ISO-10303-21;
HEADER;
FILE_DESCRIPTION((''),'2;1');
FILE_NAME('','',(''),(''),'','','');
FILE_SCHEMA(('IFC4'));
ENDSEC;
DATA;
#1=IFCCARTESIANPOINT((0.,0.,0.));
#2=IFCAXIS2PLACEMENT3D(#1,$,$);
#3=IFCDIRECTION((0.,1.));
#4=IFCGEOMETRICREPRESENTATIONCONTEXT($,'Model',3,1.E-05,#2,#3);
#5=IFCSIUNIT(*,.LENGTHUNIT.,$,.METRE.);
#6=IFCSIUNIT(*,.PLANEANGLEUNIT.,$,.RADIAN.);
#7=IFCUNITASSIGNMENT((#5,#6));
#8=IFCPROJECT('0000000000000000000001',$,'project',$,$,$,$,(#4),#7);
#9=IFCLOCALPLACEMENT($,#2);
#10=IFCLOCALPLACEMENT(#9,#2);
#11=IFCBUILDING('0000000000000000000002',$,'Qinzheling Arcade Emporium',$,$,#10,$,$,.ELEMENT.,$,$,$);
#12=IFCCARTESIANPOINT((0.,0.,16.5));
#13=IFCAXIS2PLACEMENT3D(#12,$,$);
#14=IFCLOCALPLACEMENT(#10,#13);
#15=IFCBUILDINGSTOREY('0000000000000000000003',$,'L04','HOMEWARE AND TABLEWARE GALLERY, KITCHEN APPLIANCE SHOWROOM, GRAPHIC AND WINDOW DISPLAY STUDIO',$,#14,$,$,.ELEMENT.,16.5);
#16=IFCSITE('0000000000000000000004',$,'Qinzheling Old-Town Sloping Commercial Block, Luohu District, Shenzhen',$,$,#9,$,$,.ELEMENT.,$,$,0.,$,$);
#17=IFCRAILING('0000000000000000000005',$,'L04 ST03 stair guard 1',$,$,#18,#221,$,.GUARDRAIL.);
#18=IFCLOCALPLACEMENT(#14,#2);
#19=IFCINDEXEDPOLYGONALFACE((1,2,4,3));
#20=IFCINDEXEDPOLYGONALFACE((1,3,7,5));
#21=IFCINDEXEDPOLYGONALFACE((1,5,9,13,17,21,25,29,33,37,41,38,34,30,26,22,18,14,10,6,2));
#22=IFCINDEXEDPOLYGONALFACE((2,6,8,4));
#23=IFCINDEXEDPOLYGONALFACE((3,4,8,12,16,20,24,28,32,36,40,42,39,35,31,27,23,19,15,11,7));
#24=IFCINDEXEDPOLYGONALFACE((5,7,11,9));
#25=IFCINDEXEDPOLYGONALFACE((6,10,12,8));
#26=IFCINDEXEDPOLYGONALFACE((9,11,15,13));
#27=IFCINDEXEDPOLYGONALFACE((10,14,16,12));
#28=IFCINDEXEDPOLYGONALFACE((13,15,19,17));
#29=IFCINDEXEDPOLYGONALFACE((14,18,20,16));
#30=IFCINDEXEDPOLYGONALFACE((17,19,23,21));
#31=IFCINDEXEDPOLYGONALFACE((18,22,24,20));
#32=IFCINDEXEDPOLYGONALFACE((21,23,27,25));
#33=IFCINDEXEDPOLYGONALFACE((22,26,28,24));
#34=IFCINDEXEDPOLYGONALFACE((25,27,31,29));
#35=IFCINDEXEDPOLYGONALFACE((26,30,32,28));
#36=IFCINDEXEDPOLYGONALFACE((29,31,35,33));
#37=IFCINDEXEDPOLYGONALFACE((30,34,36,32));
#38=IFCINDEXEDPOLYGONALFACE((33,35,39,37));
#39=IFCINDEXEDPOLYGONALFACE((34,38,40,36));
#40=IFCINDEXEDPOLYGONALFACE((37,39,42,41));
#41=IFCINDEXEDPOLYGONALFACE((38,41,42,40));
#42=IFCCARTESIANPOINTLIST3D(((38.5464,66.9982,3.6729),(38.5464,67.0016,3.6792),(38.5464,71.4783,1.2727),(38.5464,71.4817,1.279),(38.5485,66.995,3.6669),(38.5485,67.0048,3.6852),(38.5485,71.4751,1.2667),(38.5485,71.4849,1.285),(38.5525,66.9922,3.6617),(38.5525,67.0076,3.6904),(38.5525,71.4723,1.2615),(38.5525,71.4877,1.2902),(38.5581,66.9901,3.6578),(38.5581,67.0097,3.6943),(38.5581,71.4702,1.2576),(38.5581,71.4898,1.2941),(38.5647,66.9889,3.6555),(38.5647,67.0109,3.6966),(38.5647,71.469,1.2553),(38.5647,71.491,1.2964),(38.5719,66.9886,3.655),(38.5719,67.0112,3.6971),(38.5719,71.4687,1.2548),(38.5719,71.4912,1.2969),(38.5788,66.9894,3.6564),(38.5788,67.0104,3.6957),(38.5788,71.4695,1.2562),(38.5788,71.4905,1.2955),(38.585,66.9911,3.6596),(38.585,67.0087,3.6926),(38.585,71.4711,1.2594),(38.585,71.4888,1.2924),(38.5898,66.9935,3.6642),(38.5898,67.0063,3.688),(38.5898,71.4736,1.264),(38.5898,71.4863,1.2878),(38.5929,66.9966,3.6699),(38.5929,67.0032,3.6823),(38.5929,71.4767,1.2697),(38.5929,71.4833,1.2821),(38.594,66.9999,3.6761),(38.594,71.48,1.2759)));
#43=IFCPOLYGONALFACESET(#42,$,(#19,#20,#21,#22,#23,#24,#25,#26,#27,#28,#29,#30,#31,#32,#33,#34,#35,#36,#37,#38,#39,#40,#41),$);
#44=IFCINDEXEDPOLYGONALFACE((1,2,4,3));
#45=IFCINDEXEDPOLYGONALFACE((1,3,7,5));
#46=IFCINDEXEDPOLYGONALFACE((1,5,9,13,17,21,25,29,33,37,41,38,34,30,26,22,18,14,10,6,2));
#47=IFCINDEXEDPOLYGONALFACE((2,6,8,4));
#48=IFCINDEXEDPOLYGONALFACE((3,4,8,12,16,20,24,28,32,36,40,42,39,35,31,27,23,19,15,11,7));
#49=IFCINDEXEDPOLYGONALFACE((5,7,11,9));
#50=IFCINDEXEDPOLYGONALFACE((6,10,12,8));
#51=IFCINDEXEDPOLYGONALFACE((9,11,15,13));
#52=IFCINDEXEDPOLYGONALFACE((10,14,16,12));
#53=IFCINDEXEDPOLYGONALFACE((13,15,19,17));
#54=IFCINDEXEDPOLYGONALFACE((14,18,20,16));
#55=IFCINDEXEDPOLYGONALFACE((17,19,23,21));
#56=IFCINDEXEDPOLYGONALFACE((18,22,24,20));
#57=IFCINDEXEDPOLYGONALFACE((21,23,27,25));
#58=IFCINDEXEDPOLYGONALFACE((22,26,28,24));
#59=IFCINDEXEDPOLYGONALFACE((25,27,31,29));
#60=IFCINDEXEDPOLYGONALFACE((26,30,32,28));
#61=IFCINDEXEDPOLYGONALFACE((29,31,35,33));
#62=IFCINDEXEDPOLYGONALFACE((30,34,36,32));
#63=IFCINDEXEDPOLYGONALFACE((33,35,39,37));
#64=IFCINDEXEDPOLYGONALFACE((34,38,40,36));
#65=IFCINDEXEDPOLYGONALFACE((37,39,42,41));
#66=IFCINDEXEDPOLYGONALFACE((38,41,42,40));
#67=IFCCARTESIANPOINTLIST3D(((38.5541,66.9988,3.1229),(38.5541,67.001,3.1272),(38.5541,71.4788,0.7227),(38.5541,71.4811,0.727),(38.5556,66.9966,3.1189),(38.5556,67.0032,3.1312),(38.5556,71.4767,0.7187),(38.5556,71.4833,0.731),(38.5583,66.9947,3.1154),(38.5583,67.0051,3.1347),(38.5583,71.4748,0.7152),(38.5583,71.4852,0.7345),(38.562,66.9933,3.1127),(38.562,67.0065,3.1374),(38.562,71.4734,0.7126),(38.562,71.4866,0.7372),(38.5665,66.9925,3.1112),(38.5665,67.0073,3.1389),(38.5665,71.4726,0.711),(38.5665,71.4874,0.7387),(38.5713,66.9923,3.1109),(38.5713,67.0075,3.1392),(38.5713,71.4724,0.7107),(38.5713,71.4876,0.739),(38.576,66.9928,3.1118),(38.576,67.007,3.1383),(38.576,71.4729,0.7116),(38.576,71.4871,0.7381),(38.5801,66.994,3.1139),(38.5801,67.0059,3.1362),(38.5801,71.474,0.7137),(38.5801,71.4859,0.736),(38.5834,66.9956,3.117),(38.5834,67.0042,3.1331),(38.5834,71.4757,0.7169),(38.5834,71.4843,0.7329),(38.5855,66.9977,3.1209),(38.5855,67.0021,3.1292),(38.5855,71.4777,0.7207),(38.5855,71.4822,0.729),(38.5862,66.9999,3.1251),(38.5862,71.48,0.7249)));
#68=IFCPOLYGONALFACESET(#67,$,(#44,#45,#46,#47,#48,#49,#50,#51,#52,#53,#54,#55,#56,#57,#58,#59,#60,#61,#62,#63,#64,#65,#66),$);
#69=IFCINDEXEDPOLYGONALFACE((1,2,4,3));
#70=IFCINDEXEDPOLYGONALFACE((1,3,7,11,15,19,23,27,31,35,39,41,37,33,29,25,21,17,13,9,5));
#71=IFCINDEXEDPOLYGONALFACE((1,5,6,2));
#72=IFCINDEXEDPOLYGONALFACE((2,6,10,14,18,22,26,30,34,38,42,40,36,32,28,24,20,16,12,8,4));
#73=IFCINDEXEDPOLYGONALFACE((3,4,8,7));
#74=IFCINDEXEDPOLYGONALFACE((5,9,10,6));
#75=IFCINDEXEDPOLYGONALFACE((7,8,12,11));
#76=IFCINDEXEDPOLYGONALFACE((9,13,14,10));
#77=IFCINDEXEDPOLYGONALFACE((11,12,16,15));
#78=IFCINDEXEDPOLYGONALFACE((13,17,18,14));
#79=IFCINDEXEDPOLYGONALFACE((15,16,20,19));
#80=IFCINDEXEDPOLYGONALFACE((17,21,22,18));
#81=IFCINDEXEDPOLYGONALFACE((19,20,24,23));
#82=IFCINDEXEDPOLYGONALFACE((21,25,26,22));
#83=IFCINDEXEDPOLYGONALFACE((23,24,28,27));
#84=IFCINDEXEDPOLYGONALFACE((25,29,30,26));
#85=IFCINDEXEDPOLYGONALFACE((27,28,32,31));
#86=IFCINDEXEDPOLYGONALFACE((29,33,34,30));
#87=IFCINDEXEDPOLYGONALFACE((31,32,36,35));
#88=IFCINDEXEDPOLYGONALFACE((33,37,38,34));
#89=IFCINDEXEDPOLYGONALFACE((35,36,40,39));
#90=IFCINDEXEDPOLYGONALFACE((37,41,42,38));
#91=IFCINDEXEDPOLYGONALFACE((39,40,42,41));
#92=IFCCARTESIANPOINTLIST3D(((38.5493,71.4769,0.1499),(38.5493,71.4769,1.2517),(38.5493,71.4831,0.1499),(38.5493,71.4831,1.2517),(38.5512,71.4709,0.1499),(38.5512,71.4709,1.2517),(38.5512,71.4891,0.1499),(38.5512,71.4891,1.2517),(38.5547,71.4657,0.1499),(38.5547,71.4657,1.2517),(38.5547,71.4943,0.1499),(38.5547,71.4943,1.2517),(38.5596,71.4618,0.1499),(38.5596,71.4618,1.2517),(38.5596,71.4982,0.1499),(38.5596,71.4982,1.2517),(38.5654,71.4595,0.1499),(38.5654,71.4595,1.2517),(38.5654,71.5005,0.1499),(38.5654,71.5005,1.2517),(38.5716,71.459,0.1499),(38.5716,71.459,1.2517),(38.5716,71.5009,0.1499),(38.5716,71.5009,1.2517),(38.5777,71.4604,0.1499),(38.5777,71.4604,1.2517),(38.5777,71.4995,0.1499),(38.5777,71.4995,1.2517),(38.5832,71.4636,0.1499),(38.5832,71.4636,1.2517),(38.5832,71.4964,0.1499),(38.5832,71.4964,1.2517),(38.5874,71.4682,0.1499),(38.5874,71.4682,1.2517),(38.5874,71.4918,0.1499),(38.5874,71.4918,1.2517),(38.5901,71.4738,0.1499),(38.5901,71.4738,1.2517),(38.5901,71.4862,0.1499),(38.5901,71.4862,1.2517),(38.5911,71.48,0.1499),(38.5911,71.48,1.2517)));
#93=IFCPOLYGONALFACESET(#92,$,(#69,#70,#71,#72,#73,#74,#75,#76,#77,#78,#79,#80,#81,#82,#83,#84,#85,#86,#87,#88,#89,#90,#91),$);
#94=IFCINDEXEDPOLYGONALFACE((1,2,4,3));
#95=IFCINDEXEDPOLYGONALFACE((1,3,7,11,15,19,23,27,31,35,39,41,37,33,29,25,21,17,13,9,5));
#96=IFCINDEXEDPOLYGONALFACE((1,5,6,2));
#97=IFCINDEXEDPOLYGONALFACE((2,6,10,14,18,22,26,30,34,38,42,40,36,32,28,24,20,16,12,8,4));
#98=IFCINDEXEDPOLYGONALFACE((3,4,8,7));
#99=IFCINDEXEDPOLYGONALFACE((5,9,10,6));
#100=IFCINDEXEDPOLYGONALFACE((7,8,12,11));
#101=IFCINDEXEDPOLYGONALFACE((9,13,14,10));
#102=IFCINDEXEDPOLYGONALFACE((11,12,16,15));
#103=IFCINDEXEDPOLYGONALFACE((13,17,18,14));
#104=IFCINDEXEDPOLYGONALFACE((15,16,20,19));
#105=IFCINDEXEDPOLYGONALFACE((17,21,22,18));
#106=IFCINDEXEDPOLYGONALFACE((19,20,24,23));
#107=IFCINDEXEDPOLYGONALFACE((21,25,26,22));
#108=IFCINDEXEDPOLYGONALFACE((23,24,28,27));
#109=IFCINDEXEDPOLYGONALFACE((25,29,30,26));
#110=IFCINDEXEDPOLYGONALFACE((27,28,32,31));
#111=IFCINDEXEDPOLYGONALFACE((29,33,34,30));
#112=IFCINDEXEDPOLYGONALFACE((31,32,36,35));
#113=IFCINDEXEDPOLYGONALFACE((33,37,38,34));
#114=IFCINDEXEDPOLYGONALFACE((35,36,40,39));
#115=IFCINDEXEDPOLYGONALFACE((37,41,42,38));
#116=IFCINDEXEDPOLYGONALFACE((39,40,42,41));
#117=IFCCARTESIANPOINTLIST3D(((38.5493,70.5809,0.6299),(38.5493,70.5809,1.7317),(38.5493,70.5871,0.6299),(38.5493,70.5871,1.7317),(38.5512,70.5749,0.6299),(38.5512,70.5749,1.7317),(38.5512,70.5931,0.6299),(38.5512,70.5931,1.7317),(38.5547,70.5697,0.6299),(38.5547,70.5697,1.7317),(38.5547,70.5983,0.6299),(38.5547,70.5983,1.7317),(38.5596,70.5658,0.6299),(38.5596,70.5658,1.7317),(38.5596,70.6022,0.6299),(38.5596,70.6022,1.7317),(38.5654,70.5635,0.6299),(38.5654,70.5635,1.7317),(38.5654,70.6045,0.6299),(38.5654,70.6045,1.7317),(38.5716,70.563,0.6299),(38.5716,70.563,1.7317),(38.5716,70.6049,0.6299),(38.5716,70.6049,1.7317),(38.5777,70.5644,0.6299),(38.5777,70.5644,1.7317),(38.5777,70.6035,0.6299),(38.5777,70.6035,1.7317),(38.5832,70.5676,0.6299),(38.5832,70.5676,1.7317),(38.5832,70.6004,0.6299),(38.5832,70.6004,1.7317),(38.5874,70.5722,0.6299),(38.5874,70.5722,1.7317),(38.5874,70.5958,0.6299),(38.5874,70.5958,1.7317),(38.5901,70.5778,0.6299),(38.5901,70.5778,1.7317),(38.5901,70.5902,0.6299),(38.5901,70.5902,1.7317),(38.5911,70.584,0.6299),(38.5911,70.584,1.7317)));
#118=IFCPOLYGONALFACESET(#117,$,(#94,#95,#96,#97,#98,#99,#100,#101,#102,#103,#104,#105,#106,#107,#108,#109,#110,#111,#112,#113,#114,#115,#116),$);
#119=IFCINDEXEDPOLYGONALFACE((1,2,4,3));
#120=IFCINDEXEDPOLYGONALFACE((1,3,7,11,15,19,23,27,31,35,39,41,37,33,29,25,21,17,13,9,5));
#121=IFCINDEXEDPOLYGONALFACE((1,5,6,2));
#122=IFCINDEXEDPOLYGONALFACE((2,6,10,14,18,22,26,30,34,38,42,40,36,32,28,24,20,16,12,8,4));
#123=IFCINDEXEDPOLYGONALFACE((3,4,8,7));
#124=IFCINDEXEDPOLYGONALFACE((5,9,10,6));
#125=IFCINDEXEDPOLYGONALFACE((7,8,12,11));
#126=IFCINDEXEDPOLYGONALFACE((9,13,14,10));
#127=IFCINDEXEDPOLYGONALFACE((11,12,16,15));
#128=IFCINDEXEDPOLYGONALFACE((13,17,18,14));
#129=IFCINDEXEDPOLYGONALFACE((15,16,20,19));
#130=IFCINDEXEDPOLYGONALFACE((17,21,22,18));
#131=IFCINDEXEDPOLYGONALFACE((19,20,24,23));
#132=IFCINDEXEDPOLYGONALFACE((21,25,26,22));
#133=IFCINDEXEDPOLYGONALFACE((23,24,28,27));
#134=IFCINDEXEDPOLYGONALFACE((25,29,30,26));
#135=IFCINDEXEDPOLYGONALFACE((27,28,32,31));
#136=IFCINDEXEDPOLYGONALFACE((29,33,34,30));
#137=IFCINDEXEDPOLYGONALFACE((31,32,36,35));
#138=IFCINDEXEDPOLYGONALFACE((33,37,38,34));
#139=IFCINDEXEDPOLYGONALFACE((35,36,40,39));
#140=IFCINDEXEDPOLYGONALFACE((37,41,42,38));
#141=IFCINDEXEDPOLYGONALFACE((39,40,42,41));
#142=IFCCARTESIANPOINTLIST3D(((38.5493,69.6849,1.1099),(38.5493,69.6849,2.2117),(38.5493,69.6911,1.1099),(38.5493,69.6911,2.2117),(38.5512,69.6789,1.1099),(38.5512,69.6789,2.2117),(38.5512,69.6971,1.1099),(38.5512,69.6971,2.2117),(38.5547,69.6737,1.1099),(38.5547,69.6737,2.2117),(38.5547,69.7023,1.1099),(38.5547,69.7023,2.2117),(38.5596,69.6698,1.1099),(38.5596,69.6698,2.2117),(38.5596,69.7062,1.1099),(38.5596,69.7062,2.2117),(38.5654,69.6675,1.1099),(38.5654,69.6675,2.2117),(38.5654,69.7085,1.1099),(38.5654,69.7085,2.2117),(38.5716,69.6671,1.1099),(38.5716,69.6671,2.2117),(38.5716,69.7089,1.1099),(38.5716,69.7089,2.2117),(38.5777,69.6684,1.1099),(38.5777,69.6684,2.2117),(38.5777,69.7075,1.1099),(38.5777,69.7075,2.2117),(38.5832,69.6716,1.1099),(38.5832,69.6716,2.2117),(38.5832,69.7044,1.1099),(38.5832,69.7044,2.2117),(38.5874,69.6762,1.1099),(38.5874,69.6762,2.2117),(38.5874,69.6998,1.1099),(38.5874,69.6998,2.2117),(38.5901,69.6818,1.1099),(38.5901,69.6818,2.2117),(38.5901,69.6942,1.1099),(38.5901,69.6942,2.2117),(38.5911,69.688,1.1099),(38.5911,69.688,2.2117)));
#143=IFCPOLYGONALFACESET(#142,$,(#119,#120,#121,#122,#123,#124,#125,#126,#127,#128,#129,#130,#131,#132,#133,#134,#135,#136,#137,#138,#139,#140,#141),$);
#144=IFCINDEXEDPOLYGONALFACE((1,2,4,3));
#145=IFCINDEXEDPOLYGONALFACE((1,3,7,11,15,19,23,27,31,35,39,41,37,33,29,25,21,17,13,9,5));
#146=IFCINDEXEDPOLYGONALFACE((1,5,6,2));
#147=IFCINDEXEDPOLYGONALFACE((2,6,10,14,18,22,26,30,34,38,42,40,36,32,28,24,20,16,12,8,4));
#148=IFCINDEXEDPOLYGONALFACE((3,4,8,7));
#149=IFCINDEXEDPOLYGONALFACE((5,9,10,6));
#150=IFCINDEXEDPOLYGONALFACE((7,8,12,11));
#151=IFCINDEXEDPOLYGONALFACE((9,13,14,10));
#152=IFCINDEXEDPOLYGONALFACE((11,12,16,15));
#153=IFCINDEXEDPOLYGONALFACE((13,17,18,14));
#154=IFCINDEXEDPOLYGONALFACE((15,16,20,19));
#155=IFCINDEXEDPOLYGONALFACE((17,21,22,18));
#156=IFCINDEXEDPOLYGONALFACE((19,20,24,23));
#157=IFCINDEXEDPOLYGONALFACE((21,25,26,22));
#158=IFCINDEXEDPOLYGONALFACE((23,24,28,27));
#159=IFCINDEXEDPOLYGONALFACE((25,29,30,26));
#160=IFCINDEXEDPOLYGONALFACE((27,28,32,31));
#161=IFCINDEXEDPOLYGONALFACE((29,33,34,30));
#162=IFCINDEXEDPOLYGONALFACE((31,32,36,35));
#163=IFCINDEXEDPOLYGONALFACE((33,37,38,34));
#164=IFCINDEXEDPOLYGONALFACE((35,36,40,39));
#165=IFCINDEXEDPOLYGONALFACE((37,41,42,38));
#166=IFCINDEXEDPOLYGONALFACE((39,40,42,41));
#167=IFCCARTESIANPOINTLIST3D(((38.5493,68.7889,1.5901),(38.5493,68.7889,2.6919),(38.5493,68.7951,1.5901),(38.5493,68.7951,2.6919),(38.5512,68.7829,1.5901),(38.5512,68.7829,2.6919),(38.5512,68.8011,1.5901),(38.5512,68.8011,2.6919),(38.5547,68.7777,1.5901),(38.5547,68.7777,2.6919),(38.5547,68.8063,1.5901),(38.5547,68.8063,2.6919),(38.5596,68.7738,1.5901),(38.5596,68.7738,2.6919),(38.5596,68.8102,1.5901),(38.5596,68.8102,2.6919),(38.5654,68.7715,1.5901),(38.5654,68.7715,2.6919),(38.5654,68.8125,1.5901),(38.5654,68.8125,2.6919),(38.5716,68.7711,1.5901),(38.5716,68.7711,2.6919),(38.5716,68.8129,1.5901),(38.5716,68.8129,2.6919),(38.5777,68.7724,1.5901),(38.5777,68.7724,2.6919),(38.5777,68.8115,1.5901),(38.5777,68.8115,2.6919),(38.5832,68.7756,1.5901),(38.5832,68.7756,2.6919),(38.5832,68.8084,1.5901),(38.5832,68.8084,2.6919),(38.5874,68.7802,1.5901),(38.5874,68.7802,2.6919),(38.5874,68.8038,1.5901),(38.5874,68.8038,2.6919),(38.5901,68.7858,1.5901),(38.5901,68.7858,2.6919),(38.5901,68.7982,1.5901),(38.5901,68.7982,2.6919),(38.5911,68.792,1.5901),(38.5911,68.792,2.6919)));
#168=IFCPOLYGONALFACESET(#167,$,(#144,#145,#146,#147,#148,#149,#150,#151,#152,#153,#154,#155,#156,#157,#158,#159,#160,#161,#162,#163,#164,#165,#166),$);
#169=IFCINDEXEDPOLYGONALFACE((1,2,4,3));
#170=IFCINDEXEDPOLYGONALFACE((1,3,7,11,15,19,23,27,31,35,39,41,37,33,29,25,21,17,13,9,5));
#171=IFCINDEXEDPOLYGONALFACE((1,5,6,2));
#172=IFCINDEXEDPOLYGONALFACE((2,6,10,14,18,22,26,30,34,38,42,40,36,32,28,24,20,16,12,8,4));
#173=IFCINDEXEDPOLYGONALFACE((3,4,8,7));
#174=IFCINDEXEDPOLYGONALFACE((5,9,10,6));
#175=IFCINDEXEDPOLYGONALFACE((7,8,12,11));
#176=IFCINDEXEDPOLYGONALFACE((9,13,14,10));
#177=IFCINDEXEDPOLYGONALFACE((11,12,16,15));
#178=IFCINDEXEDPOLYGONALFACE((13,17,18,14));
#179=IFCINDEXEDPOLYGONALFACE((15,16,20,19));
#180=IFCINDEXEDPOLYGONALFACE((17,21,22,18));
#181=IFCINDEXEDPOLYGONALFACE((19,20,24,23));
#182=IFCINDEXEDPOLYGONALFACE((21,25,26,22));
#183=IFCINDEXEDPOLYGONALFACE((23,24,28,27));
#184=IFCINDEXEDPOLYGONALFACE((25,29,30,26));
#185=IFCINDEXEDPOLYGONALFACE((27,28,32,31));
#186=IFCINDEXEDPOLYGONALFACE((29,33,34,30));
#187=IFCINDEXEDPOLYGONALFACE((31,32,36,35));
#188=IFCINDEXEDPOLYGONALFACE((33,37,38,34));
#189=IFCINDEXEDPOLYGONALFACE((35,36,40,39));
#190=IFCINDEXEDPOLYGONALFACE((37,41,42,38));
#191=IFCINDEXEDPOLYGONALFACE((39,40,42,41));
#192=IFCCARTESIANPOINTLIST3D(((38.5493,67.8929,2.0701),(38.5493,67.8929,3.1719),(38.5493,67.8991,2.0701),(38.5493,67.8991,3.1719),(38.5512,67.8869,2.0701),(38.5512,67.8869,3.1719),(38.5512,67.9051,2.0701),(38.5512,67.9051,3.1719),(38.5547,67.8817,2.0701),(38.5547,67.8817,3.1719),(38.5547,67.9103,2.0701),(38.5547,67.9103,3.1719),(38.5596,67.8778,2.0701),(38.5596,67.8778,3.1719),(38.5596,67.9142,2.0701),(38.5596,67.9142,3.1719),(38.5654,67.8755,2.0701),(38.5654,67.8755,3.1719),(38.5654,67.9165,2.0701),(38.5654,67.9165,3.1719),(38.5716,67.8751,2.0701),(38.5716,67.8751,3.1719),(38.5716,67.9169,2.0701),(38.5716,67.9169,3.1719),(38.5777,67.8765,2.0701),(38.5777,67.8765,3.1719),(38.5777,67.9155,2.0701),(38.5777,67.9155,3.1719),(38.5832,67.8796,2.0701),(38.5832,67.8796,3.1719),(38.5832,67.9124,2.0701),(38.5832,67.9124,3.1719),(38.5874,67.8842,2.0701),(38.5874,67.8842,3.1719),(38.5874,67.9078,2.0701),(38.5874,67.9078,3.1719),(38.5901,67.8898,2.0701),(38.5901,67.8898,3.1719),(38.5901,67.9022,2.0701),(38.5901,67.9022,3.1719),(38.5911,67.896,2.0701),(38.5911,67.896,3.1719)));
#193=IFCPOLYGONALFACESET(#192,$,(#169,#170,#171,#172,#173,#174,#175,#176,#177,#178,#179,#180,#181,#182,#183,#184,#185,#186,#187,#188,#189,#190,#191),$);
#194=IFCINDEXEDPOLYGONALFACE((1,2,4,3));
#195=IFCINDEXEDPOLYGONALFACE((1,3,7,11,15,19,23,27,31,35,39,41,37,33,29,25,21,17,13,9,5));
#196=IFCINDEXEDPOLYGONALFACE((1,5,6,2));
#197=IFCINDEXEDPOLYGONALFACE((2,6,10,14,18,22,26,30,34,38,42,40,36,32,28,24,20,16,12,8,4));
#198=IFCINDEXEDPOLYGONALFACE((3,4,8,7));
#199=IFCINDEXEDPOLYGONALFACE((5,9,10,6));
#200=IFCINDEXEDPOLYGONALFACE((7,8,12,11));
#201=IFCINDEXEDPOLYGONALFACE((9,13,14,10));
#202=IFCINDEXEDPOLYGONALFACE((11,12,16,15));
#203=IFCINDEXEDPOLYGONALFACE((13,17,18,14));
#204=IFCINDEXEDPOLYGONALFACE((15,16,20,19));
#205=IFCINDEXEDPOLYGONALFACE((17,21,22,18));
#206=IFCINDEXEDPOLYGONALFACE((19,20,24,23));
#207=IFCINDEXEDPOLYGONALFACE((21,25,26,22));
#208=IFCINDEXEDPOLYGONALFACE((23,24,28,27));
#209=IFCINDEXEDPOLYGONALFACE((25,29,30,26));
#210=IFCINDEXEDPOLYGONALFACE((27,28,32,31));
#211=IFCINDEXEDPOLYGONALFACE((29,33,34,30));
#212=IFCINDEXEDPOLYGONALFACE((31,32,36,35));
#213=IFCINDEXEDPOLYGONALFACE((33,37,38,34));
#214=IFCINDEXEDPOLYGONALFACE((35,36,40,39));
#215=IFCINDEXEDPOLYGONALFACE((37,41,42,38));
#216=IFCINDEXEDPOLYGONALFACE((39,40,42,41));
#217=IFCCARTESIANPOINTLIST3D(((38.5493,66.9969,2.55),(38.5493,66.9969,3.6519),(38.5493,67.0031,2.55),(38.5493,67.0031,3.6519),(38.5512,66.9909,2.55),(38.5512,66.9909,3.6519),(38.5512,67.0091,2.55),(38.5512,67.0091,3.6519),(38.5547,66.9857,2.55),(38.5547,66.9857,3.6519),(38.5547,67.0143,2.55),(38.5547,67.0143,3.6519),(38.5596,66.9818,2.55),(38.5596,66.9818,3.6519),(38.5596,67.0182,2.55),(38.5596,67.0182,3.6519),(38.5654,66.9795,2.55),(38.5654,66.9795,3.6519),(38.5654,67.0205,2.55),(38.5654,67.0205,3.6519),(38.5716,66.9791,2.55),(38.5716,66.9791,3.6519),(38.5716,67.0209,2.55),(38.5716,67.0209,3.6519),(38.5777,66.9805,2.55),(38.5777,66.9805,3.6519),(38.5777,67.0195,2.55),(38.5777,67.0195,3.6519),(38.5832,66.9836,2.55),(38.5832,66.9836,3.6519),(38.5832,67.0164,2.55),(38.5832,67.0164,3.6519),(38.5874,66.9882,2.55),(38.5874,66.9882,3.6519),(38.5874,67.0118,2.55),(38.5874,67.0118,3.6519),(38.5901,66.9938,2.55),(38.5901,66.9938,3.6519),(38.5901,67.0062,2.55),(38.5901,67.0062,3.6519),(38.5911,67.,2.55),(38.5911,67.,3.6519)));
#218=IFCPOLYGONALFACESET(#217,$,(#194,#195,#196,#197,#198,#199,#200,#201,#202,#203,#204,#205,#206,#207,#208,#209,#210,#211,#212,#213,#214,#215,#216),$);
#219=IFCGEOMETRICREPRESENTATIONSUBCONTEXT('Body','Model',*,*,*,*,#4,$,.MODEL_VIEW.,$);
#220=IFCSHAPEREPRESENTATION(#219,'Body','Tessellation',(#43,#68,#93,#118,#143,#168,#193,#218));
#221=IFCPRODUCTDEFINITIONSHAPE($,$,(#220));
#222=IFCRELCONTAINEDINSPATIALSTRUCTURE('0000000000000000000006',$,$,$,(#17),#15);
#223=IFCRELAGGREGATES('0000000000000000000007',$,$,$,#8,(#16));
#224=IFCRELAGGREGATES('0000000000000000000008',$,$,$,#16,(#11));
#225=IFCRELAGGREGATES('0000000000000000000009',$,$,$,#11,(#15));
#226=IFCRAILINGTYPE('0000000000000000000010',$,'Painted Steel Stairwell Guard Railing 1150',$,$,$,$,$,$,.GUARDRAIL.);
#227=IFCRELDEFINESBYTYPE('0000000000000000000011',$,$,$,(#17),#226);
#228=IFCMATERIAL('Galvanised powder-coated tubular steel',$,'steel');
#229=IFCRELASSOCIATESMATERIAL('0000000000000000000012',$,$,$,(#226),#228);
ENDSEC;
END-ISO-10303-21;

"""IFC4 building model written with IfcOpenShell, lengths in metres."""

from ifc_helpers import new_model, si_unit, direction, frame, origin, origin_2d, place, context, subcontext, project, spatial, circle, extrude, material, type_object, element, save


model = new_model("IFC4")

# Units and contexts
model_context = context("Model", 3, precision=1e-05, world=origin(), true_north=direction((0.0, 1.0)))
body_context = subcontext(model_context, "Body", "Model", "MODEL_VIEW")
ifc_project = project(units=[si_unit("LENGTHUNIT", "METRE"), si_unit("PLANEANGLEUNIT", "RADIAN")], contexts=[model_context])

# Site, building, storey
site_placement = place(None, origin())
site = spatial("IfcSite", under=ifc_project, at=site_placement, Name="Qinzheling Old-Town Sloping Commercial Block, Luohu District, Shenzhen", CompositionType="ELEMENT", RefElevation=0.0)
building_placement = place(site_placement, origin())
building = spatial("IfcBuilding", under=site, at=building_placement, Name="Qinzheling Arcade Emporium", CompositionType="ELEMENT")
storey_placement = place(building_placement, frame((0.0, 0.0, 16.5)))
storey = spatial("IfcBuildingStorey", under=building, at=storey_placement, Name="L04", Description="HOMEWARE AND TABLEWARE GALLERY, KITCHEN APPLIANCE SHOWROOM, GRAPHIC AND WINDOW DISPLAY STUDIO", CompositionType="ELEMENT", Elevation=16.5)

# Railing
ifc_material_1 = material(Name="Galvanised powder-coated tubular steel", Category="steel")
railing_type_1 = type_object("IfcRailingType", Name="Painted Steel Stairwell Guard Railing 1150", PredefinedType="GUARDRAIL", material=ifc_material_1)
railing_1_placement = place(storey_placement, frame((38.5701, 71.48, 0.1499)))
element("IfcRailing", 1, at=railing_1_placement, inside=storey, type_object=railing_type_1, Name="L04 ST03 stair guard 1", PredefinedType="GUARDRAIL", context=body_context, shape_type="SweptSolid", body=[
    extrude(circle(Radius=0.0239, at=origin_2d()), frame((0.0, 0.0, 1.126), z_axis=(0.0, -0.881467, 0.472245), x_axis=(1.0, 0.0, 0.0)), (0.0, 0.0, 1.0), 5.0825),
    extrude(circle(Radius=0.0161, at=origin_2d()), frame((0.0, 0.0, 0.575), z_axis=(0.0, -0.881467, 0.472245), x_axis=(1.0, 0.0, 0.0)), (0.0, 0.0, 1.0), 5.0825),
    extrude(circle(Radius=0.021, at=origin_2d()), origin(), (0.0, 0.0, 1.0), 1.1018),
    extrude(circle(Radius=0.021, at=origin_2d()), frame((0.0, -0.896, 0.48)), (0.0, 0.0, 1.0), 1.1018),
    extrude(circle(Radius=0.021, at=origin_2d()), frame((0.0, -1.792, 0.96)), (0.0, 0.0, 1.0), 1.1018),
    extrude(circle(Radius=0.021, at=origin_2d()), frame((0.0, -2.688, 1.4402)), (0.0, 0.0, 1.0), 1.1018),
    extrude(circle(Radius=0.021, at=origin_2d()), frame((0.0, -3.584, 1.9202)), (0.0, 0.0, 1.0), 1.1018),
    extrude(circle(Radius=0.021, at=origin_2d()), frame((0.0, -4.48, 2.4001)), (0.0, 0.0, 1.0), 1.1018),
])

save(model, "model.ifc")
